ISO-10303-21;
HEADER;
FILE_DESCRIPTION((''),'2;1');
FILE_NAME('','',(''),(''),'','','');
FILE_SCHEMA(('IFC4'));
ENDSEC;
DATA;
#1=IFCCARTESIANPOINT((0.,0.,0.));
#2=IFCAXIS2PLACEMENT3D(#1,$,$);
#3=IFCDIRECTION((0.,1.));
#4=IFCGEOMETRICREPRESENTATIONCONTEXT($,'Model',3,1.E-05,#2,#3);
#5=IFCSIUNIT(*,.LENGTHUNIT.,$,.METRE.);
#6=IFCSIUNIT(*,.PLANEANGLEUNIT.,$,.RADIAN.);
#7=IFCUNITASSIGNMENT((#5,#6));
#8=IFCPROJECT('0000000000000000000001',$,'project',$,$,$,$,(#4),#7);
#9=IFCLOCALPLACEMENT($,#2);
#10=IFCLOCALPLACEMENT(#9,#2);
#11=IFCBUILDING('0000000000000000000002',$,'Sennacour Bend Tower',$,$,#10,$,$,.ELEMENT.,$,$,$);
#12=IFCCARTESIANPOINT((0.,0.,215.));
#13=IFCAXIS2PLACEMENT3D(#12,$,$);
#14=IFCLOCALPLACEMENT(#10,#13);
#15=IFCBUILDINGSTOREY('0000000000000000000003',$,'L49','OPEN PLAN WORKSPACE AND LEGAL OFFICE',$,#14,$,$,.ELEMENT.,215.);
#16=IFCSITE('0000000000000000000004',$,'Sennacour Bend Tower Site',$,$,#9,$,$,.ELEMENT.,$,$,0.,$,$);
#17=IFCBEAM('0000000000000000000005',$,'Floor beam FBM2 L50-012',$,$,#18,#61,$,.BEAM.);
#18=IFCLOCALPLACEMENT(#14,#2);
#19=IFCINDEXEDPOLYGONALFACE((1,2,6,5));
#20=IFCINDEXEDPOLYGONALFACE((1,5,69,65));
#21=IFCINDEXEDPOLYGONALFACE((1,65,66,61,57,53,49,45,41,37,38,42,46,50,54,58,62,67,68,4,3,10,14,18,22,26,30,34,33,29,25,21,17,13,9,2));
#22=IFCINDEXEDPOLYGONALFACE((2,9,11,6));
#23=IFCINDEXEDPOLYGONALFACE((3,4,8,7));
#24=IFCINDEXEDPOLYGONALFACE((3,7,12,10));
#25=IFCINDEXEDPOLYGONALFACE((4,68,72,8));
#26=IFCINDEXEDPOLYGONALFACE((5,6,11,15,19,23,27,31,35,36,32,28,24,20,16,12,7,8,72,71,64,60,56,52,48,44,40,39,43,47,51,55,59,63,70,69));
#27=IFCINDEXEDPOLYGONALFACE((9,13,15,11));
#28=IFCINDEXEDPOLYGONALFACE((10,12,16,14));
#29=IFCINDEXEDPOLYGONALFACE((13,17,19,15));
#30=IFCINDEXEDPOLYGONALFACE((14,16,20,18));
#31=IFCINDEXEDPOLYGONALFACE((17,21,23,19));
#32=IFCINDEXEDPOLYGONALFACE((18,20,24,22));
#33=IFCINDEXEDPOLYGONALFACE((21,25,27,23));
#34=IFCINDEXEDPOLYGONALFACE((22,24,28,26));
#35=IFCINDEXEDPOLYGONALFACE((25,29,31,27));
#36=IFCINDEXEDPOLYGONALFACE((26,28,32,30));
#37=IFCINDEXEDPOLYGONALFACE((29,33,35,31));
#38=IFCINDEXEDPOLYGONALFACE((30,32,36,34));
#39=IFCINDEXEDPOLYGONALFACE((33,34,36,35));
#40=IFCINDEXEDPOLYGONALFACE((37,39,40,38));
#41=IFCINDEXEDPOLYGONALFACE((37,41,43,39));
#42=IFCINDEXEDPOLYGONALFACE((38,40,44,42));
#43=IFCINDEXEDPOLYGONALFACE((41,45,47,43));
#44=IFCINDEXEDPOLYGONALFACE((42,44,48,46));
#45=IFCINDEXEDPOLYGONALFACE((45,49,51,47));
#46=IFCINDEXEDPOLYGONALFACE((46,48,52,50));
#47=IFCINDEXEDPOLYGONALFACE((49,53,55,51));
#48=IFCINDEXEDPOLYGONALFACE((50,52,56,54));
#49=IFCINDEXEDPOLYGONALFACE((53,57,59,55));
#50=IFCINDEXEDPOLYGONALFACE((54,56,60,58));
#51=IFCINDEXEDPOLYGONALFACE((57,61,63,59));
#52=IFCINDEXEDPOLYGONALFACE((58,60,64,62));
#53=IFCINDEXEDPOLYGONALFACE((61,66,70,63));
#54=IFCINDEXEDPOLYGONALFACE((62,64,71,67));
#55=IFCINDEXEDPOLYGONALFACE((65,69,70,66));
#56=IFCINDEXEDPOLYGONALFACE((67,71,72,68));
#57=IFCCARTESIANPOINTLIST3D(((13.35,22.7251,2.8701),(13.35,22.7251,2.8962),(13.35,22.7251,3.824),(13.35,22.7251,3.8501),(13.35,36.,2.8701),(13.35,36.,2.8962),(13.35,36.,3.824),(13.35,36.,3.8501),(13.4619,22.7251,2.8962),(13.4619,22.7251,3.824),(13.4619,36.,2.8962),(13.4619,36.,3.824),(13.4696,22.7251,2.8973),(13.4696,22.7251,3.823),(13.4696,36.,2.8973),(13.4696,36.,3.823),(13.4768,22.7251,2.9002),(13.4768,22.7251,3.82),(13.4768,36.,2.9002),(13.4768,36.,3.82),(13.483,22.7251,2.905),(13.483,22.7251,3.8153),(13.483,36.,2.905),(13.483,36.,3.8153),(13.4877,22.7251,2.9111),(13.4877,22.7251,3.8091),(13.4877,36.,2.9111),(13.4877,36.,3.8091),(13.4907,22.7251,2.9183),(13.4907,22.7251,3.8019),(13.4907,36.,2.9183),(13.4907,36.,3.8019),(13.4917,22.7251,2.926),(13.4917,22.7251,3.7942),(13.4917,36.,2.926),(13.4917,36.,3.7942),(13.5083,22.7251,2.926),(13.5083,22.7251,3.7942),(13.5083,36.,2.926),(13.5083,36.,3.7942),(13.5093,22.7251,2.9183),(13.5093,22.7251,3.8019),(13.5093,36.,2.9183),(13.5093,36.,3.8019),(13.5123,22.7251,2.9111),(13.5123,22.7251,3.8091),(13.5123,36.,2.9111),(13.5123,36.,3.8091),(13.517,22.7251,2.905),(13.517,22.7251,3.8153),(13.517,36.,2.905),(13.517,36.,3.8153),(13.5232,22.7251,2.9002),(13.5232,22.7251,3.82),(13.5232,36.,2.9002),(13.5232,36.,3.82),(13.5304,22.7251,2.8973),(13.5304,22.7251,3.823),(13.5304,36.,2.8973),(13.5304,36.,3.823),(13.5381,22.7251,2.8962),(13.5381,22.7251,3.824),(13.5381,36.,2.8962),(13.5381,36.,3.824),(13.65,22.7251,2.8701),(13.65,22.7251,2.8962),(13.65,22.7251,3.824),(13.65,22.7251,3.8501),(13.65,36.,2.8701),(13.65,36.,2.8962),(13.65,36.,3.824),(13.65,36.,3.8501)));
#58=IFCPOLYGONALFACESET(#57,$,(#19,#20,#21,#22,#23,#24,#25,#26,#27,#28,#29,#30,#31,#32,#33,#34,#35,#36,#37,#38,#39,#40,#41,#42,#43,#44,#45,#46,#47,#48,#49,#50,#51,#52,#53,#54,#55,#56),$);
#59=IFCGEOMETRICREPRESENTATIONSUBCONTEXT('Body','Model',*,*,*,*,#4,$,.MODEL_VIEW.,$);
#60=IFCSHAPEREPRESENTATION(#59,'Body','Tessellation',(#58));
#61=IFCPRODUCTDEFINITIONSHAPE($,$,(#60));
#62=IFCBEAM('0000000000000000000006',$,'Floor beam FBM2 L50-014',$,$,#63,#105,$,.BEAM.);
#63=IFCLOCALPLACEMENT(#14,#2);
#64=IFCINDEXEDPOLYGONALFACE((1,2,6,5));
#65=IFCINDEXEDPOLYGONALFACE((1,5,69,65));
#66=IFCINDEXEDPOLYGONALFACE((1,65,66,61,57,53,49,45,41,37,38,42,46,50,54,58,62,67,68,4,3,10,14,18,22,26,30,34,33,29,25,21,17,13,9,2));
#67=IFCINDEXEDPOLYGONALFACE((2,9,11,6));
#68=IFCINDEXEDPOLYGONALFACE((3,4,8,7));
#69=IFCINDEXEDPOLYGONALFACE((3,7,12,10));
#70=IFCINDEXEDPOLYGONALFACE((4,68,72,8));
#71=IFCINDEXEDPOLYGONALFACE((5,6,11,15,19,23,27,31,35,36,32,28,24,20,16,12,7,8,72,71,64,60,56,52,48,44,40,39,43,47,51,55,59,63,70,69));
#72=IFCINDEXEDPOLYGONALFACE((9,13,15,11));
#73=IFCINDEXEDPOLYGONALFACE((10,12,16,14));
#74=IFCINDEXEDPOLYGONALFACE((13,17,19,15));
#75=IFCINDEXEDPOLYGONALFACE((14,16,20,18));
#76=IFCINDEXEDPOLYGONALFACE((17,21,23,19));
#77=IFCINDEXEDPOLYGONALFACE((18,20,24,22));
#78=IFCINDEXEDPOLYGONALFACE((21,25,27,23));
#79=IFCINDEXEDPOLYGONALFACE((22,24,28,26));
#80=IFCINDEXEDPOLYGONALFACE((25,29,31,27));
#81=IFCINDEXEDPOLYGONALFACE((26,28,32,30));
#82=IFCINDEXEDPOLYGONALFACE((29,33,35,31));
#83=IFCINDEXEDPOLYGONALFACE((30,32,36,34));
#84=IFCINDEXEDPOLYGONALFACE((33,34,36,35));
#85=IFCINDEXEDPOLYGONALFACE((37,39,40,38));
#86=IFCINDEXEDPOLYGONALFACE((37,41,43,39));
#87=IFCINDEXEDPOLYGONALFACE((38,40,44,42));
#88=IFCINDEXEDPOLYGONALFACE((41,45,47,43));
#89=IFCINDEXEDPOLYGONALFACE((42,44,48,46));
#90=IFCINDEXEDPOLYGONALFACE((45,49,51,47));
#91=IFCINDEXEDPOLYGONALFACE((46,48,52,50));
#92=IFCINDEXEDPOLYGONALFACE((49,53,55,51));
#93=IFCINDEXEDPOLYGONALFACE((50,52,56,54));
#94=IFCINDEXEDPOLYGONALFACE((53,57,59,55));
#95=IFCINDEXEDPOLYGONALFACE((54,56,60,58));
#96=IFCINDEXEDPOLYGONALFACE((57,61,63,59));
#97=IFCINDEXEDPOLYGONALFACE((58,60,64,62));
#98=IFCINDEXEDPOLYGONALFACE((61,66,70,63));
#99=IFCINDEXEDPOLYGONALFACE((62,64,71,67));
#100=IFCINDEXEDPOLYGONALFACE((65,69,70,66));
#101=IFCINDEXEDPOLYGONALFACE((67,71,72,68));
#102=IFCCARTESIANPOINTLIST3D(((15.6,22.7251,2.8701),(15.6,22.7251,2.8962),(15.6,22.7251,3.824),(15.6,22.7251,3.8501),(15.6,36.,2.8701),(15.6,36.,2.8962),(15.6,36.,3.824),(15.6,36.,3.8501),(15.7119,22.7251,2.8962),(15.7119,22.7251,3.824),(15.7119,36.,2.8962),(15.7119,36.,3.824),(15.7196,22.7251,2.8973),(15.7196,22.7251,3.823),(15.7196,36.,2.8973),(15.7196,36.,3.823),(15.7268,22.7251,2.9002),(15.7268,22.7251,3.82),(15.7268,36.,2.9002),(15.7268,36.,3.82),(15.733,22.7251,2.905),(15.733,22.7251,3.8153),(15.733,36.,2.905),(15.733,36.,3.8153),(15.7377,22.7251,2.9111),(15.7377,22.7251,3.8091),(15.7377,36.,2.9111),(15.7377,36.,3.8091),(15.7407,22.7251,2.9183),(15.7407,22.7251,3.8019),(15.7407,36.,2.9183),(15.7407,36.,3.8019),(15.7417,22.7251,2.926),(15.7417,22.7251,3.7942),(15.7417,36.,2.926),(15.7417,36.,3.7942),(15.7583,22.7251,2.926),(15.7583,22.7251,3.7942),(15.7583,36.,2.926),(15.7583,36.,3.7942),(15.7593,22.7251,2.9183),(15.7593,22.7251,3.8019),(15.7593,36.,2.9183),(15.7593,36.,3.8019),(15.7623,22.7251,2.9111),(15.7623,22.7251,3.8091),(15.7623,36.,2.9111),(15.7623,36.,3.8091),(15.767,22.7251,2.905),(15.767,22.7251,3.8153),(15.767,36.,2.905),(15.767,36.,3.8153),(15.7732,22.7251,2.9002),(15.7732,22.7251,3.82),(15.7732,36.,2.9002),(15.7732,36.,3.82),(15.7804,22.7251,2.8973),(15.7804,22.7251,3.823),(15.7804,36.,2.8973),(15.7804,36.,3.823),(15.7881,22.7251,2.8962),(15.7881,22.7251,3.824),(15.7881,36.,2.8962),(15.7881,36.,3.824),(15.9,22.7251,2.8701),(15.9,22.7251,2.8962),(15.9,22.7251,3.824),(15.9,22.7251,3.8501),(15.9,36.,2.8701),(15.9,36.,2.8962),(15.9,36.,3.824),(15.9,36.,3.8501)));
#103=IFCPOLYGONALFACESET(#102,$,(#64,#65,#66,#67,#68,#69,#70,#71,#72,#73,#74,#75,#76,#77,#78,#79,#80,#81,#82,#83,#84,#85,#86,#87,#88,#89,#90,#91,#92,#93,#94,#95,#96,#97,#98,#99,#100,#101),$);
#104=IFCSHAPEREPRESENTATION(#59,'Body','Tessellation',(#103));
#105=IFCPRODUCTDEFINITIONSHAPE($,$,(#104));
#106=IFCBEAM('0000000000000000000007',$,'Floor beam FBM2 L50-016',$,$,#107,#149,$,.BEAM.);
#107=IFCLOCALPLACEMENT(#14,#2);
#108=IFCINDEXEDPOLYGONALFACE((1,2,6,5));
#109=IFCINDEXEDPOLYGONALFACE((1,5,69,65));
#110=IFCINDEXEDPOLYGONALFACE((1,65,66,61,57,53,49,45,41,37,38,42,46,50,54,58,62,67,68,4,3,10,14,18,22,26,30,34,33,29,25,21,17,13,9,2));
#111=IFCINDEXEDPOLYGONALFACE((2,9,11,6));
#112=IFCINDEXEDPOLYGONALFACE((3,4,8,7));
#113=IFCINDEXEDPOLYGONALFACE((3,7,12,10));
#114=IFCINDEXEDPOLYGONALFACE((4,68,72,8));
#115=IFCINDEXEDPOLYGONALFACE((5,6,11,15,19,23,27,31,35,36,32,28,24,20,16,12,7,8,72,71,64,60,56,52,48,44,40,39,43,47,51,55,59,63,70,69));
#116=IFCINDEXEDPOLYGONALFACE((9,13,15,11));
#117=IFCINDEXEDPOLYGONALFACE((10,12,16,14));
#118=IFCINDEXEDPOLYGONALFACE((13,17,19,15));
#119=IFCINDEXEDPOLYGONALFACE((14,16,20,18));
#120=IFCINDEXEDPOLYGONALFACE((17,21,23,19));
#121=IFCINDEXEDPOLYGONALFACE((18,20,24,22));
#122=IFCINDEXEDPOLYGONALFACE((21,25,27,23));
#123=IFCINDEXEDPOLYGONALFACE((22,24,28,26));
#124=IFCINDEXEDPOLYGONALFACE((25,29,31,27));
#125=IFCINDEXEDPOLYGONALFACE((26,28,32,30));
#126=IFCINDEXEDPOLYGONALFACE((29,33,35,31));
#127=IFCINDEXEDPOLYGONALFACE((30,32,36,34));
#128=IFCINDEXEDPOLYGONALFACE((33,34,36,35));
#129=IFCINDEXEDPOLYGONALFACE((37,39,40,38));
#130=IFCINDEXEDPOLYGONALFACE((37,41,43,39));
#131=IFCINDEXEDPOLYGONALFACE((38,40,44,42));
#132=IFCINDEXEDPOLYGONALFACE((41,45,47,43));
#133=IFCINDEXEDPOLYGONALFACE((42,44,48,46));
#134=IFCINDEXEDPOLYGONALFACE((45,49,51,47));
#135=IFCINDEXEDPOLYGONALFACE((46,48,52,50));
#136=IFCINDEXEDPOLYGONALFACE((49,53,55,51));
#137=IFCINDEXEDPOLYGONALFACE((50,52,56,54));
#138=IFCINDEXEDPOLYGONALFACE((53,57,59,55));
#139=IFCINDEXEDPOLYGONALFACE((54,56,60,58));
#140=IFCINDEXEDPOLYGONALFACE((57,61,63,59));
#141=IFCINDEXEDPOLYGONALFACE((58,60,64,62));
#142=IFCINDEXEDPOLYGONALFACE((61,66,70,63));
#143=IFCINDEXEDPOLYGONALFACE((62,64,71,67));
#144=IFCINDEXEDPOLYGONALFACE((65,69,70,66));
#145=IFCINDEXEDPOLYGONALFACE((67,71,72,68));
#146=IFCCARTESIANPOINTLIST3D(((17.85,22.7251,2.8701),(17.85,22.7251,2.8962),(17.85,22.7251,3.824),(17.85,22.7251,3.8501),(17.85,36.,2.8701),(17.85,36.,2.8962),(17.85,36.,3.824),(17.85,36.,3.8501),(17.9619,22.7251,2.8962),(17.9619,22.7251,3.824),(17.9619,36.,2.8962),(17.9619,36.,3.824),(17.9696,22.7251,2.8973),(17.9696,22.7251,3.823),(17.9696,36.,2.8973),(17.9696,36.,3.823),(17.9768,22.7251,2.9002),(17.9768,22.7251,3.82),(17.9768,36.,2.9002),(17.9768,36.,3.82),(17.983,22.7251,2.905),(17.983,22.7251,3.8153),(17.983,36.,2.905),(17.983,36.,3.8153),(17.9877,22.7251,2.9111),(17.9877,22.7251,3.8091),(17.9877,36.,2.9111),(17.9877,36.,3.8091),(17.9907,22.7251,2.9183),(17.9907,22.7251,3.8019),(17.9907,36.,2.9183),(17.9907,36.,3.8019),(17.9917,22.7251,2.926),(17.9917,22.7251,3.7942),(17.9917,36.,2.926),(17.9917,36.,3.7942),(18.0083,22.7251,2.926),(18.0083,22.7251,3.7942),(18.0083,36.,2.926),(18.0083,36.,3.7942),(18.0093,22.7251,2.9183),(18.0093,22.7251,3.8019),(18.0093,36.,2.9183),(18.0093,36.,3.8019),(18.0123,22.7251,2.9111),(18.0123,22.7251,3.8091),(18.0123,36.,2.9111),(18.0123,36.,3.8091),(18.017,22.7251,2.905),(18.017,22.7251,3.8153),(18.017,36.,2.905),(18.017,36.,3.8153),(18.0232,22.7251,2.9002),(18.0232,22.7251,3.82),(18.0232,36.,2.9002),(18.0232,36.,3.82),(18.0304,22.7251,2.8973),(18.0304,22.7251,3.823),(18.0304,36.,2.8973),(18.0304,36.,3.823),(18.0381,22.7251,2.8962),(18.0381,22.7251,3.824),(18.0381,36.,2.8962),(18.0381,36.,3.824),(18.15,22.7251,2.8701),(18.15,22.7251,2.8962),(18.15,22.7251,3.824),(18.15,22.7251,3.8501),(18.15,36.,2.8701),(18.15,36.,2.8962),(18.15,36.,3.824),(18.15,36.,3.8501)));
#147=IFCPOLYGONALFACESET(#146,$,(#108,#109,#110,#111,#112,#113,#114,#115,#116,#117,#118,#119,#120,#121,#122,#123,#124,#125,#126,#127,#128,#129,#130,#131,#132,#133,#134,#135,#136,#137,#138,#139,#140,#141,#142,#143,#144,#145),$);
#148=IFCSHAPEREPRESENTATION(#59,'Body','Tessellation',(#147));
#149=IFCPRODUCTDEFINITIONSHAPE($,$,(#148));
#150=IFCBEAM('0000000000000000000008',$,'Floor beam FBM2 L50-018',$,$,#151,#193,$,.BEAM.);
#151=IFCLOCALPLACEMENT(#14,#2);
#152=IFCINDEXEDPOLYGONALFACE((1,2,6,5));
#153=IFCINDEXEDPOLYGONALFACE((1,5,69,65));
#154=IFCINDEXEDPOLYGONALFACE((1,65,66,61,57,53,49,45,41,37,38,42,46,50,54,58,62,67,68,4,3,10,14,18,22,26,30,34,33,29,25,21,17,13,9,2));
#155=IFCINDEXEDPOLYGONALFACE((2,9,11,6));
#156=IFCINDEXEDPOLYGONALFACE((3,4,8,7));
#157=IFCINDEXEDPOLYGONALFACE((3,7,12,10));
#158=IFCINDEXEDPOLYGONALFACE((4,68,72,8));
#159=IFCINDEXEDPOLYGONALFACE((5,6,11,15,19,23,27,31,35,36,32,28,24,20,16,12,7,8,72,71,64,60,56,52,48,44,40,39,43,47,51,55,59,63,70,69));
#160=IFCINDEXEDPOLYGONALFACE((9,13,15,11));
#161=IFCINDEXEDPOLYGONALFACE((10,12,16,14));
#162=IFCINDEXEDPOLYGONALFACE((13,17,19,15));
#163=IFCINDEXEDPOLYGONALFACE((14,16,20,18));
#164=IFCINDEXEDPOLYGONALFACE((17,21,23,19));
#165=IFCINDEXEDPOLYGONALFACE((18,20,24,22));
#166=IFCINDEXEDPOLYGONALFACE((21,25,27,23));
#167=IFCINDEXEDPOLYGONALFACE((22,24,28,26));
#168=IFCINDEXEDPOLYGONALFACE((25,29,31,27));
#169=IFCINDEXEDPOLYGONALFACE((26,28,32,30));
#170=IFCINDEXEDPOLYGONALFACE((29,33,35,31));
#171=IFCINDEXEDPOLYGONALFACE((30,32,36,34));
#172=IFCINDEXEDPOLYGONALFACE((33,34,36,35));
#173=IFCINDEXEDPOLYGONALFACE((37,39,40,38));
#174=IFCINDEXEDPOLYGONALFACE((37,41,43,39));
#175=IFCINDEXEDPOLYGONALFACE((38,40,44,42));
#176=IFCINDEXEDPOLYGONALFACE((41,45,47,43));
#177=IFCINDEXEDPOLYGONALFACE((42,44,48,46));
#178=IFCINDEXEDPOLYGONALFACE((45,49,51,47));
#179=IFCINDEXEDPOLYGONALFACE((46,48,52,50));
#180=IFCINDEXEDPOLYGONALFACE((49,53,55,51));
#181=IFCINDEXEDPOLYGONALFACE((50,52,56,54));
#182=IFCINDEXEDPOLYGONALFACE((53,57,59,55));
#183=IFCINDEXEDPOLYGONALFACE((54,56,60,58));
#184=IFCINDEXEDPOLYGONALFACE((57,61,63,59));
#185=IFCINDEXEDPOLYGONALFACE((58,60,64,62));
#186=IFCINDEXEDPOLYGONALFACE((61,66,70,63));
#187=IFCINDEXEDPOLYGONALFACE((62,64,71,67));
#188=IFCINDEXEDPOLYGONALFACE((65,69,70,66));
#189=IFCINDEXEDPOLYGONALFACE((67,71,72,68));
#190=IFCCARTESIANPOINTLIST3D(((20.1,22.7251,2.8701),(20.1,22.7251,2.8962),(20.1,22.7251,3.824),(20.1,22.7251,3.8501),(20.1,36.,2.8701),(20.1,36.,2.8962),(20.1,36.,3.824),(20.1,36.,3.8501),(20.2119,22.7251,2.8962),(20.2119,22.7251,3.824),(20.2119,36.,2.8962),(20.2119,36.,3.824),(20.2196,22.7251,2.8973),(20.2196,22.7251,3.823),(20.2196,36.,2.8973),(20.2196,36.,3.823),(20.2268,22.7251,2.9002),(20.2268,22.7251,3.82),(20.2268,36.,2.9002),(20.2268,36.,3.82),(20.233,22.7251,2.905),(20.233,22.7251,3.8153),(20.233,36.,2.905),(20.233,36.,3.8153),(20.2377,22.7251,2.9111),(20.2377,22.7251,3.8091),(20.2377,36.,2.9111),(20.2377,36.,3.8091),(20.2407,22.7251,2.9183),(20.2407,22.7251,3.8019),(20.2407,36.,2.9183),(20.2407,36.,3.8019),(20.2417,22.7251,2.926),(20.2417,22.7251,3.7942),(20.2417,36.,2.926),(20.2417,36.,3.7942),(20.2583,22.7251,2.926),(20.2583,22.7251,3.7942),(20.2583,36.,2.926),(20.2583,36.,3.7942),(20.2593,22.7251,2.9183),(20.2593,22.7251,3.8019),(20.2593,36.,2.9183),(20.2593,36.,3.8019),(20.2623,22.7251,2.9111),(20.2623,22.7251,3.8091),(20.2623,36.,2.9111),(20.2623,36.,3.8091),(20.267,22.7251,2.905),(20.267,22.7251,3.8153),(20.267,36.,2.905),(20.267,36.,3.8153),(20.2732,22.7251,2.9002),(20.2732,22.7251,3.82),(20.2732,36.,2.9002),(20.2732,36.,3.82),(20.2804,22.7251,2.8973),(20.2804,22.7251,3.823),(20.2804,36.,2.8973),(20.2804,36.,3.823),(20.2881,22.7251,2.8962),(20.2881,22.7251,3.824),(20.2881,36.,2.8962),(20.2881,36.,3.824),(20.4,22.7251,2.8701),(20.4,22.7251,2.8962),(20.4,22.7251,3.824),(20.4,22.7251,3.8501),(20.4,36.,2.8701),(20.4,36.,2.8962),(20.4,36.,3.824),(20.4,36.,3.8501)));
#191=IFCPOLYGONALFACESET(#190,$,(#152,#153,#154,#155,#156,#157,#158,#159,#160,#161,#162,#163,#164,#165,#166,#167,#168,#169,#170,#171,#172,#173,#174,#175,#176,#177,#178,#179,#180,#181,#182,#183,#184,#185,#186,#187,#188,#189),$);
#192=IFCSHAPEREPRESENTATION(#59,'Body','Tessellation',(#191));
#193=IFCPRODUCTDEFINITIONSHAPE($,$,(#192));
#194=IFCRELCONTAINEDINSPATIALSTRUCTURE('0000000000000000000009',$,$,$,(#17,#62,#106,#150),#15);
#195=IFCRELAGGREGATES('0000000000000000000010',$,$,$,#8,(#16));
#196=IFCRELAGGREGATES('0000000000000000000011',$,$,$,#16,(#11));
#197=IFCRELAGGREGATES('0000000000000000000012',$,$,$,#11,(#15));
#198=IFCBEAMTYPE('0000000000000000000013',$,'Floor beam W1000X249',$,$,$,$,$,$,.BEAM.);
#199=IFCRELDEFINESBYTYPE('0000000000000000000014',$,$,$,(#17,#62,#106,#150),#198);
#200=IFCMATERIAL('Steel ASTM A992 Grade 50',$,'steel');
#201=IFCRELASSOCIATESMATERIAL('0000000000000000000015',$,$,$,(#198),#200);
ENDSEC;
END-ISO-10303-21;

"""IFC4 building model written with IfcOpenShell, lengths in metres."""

from ifc_helpers import new_model, si_unit, direction, frame, origin, origin_2d, place, context, subcontext, project, spatial, i_section, extrude, material, material_profile, profile_set, type_object, element, save


model = new_model("IFC4")

# Units and contexts
model_context = context("Model", 3, precision=1e-05, world=origin(), true_north=direction((0.0, 1.0)))
body_context = subcontext(model_context, "Body", "Model", "MODEL_VIEW")
ifc_project = project(units=[si_unit("LENGTHUNIT", "METRE"), si_unit("PLANEANGLEUNIT", "RADIAN")], contexts=[model_context])

# Site, building, storey
site_placement = place(None, origin())
site = spatial("IfcSite", under=ifc_project, at=site_placement, Name="Sennacour Bend Tower Site", CompositionType="ELEMENT", RefElevation=0.0)
building_placement = place(site_placement, origin())
building = spatial("IfcBuilding", under=site, at=building_placement, Name="Sennacour Bend Tower", CompositionType="ELEMENT")
storey_placement = place(building_placement, frame((0.0, 0.0, 215.0)))
storey = spatial("IfcBuildingStorey", under=building, at=storey_placement, Name="L49", Description="OPEN PLAN WORKSPACE AND LEGAL OFFICE", CompositionType="ELEMENT", Elevation=215.0)

# Beams
ifc_material_1 = material(Name="Steel ASTM A992 Grade 50", Category="steel")
ifc_material_profile_1 = material_profile(ifc_material_1, i_section(OverallWidth=0.3, OverallDepth=0.98, WebThickness=0.0166, FlangeThickness=0.0261, FilletRadius=0.0298, at=origin_2d()), Name="Steel ASTM A992 Grade 50", Category="steel")
ifc_profile_set_1 = profile_set([ifc_material_profile_1], Name="Steel ASTM A992 Grade 50")
beam_type_1 = type_object("IfcBeamType", Name="Floor beam W1000X249", PredefinedType="BEAM", material=ifc_profile_set_1)
for number, where, z_axis, x_axis, name in (
    (1, (13.5, 22.7251, 3.3601), (0.0, 1.0, 0.0), (-1.0, 0.0, 0.0), "Floor beam FBM2 L50-012"),
    (2, (15.75, 22.7251, 3.3601), (0.0, 1.0, 0.0), (-1.0, 0.0, 0.0), "Floor beam FBM2 L50-014"),
    (3, (18.0, 22.7251, 3.3601), (0.0, 1.0, 0.0), (-1.0, 0.0, 0.0), "Floor beam FBM2 L50-016"),
    (4, (20.25, 22.7251, 3.3601), (0.0, 1.0, 0.0), (-1.0, 0.0, 0.0), "Floor beam FBM2 L50-018"),
):
    element("IfcBeam", number, at=place(storey_placement, frame(where, z_axis=z_axis, x_axis=x_axis)), inside=storey, type_object=beam_type_1, Name=name, PredefinedType="BEAM", context=body_context, shape_type="SweptSolid", body=[
        extrude(i_section(OverallWidth=0.3, OverallDepth=0.98, WebThickness=0.0166, FlangeThickness=0.0261, FilletRadius=0.0298, at=origin_2d()), origin(), (0.0, 0.0, 1.0), 13.2749),
    ])

save(model, "model.ifc")
